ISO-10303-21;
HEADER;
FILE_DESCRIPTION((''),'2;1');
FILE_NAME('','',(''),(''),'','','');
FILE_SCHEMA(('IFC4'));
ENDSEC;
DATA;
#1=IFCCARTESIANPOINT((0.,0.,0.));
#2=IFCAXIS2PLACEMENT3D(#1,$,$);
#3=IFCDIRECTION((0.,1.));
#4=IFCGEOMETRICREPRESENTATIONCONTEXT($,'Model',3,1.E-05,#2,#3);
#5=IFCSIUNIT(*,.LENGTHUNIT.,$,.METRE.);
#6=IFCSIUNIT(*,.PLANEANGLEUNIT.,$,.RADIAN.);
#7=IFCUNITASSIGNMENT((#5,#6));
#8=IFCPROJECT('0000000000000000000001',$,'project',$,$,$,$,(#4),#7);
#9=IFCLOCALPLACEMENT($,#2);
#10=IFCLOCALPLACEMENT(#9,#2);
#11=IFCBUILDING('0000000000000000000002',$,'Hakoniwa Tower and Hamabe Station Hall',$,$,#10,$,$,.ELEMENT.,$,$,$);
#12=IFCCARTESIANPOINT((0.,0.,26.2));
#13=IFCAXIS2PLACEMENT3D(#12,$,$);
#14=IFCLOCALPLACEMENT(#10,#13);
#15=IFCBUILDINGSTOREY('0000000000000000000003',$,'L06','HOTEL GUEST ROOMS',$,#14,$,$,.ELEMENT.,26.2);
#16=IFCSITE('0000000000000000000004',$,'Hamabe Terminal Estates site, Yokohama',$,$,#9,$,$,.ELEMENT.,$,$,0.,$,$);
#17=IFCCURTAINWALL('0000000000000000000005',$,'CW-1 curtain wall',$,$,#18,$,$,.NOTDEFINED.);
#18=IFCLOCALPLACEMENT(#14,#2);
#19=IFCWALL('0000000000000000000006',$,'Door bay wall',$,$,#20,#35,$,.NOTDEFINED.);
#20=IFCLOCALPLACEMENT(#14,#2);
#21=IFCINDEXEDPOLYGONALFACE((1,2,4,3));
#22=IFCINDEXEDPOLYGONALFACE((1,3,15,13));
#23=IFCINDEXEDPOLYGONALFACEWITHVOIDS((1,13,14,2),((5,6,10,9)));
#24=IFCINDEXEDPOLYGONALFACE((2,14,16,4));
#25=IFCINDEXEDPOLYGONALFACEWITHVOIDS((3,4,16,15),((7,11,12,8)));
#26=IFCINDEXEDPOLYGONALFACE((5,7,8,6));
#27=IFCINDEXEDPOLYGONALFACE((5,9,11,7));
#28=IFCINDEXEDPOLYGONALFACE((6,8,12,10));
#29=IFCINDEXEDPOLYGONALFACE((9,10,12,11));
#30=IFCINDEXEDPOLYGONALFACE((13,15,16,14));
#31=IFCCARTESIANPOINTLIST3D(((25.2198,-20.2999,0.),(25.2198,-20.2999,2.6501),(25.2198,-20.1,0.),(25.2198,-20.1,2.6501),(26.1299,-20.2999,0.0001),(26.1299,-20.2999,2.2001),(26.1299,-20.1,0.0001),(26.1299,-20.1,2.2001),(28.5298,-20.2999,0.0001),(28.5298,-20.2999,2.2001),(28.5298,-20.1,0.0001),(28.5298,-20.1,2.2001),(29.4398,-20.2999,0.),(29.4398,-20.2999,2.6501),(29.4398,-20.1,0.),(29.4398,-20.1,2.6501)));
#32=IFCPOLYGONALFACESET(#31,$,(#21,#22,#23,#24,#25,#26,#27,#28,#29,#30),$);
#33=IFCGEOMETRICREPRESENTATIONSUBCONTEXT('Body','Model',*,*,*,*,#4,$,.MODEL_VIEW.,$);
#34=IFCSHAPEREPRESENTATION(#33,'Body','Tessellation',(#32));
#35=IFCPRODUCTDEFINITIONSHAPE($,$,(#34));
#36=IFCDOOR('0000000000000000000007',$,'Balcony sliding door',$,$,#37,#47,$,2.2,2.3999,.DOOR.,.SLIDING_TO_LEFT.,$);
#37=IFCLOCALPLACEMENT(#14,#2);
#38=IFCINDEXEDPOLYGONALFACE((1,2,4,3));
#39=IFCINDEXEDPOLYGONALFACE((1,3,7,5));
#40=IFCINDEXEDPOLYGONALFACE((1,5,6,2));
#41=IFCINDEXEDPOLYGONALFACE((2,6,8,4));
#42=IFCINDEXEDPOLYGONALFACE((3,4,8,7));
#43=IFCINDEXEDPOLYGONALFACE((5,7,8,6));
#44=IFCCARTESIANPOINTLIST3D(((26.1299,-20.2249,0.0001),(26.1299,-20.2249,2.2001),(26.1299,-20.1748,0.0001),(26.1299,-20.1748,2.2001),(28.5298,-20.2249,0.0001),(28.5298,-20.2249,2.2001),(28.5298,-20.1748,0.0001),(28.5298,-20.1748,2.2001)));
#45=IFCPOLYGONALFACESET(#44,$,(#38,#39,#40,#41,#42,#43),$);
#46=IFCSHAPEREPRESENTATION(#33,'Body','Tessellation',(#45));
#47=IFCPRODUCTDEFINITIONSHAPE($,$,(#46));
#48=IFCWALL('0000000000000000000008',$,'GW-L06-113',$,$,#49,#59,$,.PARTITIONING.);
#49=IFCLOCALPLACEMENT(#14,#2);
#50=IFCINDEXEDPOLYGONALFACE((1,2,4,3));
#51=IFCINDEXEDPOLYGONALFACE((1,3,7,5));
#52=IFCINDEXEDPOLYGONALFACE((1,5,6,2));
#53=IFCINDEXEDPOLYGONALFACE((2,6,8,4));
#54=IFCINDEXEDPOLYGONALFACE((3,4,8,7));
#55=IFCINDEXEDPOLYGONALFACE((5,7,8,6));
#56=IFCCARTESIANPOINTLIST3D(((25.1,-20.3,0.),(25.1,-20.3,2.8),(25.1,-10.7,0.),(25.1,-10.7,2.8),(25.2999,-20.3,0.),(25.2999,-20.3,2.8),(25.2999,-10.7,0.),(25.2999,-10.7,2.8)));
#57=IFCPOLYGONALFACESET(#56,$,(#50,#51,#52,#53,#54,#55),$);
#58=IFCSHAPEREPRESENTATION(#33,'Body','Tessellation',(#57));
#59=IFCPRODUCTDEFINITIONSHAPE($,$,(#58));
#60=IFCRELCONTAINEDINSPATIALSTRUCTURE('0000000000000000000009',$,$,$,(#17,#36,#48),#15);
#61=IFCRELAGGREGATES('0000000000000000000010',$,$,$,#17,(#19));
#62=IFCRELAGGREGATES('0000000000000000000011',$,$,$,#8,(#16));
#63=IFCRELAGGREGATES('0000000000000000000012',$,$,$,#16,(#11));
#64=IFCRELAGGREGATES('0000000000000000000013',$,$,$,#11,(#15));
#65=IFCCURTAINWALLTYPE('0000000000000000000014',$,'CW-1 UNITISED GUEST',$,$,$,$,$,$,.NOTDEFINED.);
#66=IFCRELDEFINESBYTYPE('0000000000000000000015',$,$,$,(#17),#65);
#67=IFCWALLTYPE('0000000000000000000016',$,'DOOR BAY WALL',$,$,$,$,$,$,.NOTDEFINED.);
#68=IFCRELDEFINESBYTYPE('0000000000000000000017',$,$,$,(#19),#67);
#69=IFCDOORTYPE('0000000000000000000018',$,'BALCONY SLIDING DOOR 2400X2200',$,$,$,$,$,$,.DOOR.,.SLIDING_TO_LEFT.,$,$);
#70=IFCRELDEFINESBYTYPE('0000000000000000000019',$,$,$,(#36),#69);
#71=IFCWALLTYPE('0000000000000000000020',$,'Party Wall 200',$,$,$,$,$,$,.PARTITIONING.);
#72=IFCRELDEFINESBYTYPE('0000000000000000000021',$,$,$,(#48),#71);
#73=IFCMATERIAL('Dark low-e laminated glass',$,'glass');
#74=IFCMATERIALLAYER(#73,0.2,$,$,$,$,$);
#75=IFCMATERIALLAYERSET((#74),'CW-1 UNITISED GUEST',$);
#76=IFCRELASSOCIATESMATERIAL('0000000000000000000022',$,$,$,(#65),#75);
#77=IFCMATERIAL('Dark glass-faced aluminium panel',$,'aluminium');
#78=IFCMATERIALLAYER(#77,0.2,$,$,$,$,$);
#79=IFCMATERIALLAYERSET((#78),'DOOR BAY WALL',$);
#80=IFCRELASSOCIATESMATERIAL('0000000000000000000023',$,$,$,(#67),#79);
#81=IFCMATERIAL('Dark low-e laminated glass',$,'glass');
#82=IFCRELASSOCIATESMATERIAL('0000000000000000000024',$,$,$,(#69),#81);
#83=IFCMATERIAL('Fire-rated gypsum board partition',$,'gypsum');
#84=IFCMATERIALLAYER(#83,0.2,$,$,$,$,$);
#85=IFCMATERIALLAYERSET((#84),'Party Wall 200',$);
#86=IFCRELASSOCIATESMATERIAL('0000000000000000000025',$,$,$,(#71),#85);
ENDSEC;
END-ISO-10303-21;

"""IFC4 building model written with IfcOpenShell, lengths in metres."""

from ifc_helpers import new_model, si_unit, direction, frame, frame_2d, origin, place, context, subcontext, project, spatial, rectangle, extrude, material, layer, layer_set, type_object, element, fill, aggregate, save


model = new_model("IFC4")

# Units and contexts
model_context = context("Model", 3, precision=1e-05, world=origin(), true_north=direction((0.0, 1.0)))
body_context = subcontext(model_context, "Body", "Model", "MODEL_VIEW")
ifc_project = project(units=[si_unit("LENGTHUNIT", "METRE"), si_unit("PLANEANGLEUNIT", "RADIAN")], contexts=[model_context])

# Site, building, storey
site_placement = place(None, origin())
site = spatial("IfcSite", under=ifc_project, at=site_placement, Name="Hamabe Terminal Estates site, Yokohama", CompositionType="ELEMENT", RefElevation=0.0)
building_placement = place(site_placement, origin())
building = spatial("IfcBuilding", under=site, at=building_placement, Name="Hakoniwa Tower and Hamabe Station Hall", CompositionType="ELEMENT")
storey_placement = place(building_placement, frame((0.0, 0.0, 26.2)))
storey = spatial("IfcBuildingStorey", under=building, at=storey_placement, Name="L06", Description="HOTEL GUEST ROOMS", CompositionType="ELEMENT", Elevation=26.2)

# Curtain wall
ifc_material_1 = material(Name="Dark low-e laminated glass", Category="glass")
ifc_layer_1 = layer(ifc_material_1, 0.2)
ifc_layer_set_1 = layer_set([ifc_layer_1], Name="CW-1 UNITISED GUEST")
curtain_wall_type = type_object("IfcCurtainWallType", Name="CW-1 UNITISED GUEST", PredefinedType="NOTDEFINED", material=ifc_layer_set_1)
curtain_wall_placement = place(storey_placement, origin())
curtain_wall = element("IfcCurtainWall", 1, at=curtain_wall_placement, inside=storey, type_object=curtain_wall_type, Name="CW-1 curtain wall", PredefinedType="NOTDEFINED")

# Wall, opening, door
ifc_material_2 = material(Name="Dark glass-faced aluminium panel", Category="aluminium")
ifc_layer_2 = layer(ifc_material_2, 0.2)
ifc_layer_set_2 = layer_set([ifc_layer_2], Name="DOOR BAY WALL")
wall_type_1 = type_object("IfcWallType", Name="DOOR BAY WALL", PredefinedType="NOTDEFINED", material=ifc_layer_set_2)
ifc_material_3 = material(Name="Dark low-e laminated glass", Category="glass")
door_type_1 = type_object("IfcDoorType", Name="BALCONY SLIDING DOOR 2400X2200", OperationType="SLIDING_TO_LEFT", PredefinedType="DOOR", material=ifc_material_3)
wall_1_placement = place(storey_placement, frame((25.22, -20.2, 0.0), z_axis=(0.0, 0.0, 1.0), x_axis=(1.0, 0.0, 0.0)))
wall_1 = element("IfcWall", 2, at=wall_1_placement, type_object=wall_type_1, Name="Door bay wall", PredefinedType="NOTDEFINED", context=body_context, shape_type="SweptSolid", body=[
    extrude(rectangle(XDim=4.22, YDim=0.2, at=frame_2d((2.1099, 0.0))), origin(), (0.0, 0.0, 1.0), 2.6501),
])
opening_1_placement = place(wall_1_placement, frame((0.9099, 0.0, 0.0)))
opening_1 = element("IfcOpeningElement", 3, at=opening_1_placement, cuts=wall_1, PredefinedType="OPENING", context=body_context, shape_type="SweptSolid", body=[
    extrude(rectangle(XDim=2.3999, YDim=2.2, at=frame_2d((1.2, 1.1001))), frame((0.0, 0.1099, 0.0), z_axis=(0.0, -1.0, 0.0), x_axis=(1.0, 0.0, 0.0)), (0.0, 0.0, 1.0), 0.22),
])
door_1_placement = place(opening_1_placement, frame((2.3999, 0.0, 0.0), z_axis=(0.0, 0.0, 1.0), x_axis=(-1.0, 0.0, 0.0)))
door_1 = element("IfcDoor", 4, at=door_1_placement, inside=storey, type_object=door_type_1, Name="Balcony sliding door", OperationType="SLIDING_TO_LEFT", OverallHeight=2.2, OverallWidth=2.3999, PredefinedType="DOOR", context=body_context, shape_type="SweptSolid", body=[
    extrude(rectangle(XDim=2.3999, YDim=2.2, at=frame_2d((1.2, 1.1001))), frame((0.0, 0.0249, 0.0), z_axis=(0.0, -1.0, 0.0), x_axis=(1.0, 0.0, 0.0)), (0.0, 0.0, 1.0), 0.05),
])
fill(opening_1, door_1)
aggregate(curtain_wall, [wall_1])

# Wall
ifc_material_4 = material(Name="Fire-rated gypsum board partition", Category="gypsum")
ifc_layer_3 = layer(ifc_material_4, 0.2)
ifc_layer_set_3 = layer_set([ifc_layer_3], Name="Party Wall 200")
wall_type_2 = type_object("IfcWallType", Name="Party Wall 200", PredefinedType="PARTITIONING", material=ifc_layer_set_3)
wall_2_placement = place(storey_placement, frame((25.2, -20.3, 0.0), z_axis=(0.0, 0.0, 1.0), x_axis=(0.0, 1.0, 0.0)))
element("IfcWall", 5, at=wall_2_placement, inside=storey, type_object=wall_type_2, Name="GW-L06-113", PredefinedType="PARTITIONING", context=body_context, shape_type="SweptSolid", body=[
    extrude(rectangle(XDim=9.6001, YDim=0.2, at=frame_2d((4.8, 0.0))), origin(), (0.0, 0.0, 1.0), 2.8),
])

save(model, "model.ifc")
